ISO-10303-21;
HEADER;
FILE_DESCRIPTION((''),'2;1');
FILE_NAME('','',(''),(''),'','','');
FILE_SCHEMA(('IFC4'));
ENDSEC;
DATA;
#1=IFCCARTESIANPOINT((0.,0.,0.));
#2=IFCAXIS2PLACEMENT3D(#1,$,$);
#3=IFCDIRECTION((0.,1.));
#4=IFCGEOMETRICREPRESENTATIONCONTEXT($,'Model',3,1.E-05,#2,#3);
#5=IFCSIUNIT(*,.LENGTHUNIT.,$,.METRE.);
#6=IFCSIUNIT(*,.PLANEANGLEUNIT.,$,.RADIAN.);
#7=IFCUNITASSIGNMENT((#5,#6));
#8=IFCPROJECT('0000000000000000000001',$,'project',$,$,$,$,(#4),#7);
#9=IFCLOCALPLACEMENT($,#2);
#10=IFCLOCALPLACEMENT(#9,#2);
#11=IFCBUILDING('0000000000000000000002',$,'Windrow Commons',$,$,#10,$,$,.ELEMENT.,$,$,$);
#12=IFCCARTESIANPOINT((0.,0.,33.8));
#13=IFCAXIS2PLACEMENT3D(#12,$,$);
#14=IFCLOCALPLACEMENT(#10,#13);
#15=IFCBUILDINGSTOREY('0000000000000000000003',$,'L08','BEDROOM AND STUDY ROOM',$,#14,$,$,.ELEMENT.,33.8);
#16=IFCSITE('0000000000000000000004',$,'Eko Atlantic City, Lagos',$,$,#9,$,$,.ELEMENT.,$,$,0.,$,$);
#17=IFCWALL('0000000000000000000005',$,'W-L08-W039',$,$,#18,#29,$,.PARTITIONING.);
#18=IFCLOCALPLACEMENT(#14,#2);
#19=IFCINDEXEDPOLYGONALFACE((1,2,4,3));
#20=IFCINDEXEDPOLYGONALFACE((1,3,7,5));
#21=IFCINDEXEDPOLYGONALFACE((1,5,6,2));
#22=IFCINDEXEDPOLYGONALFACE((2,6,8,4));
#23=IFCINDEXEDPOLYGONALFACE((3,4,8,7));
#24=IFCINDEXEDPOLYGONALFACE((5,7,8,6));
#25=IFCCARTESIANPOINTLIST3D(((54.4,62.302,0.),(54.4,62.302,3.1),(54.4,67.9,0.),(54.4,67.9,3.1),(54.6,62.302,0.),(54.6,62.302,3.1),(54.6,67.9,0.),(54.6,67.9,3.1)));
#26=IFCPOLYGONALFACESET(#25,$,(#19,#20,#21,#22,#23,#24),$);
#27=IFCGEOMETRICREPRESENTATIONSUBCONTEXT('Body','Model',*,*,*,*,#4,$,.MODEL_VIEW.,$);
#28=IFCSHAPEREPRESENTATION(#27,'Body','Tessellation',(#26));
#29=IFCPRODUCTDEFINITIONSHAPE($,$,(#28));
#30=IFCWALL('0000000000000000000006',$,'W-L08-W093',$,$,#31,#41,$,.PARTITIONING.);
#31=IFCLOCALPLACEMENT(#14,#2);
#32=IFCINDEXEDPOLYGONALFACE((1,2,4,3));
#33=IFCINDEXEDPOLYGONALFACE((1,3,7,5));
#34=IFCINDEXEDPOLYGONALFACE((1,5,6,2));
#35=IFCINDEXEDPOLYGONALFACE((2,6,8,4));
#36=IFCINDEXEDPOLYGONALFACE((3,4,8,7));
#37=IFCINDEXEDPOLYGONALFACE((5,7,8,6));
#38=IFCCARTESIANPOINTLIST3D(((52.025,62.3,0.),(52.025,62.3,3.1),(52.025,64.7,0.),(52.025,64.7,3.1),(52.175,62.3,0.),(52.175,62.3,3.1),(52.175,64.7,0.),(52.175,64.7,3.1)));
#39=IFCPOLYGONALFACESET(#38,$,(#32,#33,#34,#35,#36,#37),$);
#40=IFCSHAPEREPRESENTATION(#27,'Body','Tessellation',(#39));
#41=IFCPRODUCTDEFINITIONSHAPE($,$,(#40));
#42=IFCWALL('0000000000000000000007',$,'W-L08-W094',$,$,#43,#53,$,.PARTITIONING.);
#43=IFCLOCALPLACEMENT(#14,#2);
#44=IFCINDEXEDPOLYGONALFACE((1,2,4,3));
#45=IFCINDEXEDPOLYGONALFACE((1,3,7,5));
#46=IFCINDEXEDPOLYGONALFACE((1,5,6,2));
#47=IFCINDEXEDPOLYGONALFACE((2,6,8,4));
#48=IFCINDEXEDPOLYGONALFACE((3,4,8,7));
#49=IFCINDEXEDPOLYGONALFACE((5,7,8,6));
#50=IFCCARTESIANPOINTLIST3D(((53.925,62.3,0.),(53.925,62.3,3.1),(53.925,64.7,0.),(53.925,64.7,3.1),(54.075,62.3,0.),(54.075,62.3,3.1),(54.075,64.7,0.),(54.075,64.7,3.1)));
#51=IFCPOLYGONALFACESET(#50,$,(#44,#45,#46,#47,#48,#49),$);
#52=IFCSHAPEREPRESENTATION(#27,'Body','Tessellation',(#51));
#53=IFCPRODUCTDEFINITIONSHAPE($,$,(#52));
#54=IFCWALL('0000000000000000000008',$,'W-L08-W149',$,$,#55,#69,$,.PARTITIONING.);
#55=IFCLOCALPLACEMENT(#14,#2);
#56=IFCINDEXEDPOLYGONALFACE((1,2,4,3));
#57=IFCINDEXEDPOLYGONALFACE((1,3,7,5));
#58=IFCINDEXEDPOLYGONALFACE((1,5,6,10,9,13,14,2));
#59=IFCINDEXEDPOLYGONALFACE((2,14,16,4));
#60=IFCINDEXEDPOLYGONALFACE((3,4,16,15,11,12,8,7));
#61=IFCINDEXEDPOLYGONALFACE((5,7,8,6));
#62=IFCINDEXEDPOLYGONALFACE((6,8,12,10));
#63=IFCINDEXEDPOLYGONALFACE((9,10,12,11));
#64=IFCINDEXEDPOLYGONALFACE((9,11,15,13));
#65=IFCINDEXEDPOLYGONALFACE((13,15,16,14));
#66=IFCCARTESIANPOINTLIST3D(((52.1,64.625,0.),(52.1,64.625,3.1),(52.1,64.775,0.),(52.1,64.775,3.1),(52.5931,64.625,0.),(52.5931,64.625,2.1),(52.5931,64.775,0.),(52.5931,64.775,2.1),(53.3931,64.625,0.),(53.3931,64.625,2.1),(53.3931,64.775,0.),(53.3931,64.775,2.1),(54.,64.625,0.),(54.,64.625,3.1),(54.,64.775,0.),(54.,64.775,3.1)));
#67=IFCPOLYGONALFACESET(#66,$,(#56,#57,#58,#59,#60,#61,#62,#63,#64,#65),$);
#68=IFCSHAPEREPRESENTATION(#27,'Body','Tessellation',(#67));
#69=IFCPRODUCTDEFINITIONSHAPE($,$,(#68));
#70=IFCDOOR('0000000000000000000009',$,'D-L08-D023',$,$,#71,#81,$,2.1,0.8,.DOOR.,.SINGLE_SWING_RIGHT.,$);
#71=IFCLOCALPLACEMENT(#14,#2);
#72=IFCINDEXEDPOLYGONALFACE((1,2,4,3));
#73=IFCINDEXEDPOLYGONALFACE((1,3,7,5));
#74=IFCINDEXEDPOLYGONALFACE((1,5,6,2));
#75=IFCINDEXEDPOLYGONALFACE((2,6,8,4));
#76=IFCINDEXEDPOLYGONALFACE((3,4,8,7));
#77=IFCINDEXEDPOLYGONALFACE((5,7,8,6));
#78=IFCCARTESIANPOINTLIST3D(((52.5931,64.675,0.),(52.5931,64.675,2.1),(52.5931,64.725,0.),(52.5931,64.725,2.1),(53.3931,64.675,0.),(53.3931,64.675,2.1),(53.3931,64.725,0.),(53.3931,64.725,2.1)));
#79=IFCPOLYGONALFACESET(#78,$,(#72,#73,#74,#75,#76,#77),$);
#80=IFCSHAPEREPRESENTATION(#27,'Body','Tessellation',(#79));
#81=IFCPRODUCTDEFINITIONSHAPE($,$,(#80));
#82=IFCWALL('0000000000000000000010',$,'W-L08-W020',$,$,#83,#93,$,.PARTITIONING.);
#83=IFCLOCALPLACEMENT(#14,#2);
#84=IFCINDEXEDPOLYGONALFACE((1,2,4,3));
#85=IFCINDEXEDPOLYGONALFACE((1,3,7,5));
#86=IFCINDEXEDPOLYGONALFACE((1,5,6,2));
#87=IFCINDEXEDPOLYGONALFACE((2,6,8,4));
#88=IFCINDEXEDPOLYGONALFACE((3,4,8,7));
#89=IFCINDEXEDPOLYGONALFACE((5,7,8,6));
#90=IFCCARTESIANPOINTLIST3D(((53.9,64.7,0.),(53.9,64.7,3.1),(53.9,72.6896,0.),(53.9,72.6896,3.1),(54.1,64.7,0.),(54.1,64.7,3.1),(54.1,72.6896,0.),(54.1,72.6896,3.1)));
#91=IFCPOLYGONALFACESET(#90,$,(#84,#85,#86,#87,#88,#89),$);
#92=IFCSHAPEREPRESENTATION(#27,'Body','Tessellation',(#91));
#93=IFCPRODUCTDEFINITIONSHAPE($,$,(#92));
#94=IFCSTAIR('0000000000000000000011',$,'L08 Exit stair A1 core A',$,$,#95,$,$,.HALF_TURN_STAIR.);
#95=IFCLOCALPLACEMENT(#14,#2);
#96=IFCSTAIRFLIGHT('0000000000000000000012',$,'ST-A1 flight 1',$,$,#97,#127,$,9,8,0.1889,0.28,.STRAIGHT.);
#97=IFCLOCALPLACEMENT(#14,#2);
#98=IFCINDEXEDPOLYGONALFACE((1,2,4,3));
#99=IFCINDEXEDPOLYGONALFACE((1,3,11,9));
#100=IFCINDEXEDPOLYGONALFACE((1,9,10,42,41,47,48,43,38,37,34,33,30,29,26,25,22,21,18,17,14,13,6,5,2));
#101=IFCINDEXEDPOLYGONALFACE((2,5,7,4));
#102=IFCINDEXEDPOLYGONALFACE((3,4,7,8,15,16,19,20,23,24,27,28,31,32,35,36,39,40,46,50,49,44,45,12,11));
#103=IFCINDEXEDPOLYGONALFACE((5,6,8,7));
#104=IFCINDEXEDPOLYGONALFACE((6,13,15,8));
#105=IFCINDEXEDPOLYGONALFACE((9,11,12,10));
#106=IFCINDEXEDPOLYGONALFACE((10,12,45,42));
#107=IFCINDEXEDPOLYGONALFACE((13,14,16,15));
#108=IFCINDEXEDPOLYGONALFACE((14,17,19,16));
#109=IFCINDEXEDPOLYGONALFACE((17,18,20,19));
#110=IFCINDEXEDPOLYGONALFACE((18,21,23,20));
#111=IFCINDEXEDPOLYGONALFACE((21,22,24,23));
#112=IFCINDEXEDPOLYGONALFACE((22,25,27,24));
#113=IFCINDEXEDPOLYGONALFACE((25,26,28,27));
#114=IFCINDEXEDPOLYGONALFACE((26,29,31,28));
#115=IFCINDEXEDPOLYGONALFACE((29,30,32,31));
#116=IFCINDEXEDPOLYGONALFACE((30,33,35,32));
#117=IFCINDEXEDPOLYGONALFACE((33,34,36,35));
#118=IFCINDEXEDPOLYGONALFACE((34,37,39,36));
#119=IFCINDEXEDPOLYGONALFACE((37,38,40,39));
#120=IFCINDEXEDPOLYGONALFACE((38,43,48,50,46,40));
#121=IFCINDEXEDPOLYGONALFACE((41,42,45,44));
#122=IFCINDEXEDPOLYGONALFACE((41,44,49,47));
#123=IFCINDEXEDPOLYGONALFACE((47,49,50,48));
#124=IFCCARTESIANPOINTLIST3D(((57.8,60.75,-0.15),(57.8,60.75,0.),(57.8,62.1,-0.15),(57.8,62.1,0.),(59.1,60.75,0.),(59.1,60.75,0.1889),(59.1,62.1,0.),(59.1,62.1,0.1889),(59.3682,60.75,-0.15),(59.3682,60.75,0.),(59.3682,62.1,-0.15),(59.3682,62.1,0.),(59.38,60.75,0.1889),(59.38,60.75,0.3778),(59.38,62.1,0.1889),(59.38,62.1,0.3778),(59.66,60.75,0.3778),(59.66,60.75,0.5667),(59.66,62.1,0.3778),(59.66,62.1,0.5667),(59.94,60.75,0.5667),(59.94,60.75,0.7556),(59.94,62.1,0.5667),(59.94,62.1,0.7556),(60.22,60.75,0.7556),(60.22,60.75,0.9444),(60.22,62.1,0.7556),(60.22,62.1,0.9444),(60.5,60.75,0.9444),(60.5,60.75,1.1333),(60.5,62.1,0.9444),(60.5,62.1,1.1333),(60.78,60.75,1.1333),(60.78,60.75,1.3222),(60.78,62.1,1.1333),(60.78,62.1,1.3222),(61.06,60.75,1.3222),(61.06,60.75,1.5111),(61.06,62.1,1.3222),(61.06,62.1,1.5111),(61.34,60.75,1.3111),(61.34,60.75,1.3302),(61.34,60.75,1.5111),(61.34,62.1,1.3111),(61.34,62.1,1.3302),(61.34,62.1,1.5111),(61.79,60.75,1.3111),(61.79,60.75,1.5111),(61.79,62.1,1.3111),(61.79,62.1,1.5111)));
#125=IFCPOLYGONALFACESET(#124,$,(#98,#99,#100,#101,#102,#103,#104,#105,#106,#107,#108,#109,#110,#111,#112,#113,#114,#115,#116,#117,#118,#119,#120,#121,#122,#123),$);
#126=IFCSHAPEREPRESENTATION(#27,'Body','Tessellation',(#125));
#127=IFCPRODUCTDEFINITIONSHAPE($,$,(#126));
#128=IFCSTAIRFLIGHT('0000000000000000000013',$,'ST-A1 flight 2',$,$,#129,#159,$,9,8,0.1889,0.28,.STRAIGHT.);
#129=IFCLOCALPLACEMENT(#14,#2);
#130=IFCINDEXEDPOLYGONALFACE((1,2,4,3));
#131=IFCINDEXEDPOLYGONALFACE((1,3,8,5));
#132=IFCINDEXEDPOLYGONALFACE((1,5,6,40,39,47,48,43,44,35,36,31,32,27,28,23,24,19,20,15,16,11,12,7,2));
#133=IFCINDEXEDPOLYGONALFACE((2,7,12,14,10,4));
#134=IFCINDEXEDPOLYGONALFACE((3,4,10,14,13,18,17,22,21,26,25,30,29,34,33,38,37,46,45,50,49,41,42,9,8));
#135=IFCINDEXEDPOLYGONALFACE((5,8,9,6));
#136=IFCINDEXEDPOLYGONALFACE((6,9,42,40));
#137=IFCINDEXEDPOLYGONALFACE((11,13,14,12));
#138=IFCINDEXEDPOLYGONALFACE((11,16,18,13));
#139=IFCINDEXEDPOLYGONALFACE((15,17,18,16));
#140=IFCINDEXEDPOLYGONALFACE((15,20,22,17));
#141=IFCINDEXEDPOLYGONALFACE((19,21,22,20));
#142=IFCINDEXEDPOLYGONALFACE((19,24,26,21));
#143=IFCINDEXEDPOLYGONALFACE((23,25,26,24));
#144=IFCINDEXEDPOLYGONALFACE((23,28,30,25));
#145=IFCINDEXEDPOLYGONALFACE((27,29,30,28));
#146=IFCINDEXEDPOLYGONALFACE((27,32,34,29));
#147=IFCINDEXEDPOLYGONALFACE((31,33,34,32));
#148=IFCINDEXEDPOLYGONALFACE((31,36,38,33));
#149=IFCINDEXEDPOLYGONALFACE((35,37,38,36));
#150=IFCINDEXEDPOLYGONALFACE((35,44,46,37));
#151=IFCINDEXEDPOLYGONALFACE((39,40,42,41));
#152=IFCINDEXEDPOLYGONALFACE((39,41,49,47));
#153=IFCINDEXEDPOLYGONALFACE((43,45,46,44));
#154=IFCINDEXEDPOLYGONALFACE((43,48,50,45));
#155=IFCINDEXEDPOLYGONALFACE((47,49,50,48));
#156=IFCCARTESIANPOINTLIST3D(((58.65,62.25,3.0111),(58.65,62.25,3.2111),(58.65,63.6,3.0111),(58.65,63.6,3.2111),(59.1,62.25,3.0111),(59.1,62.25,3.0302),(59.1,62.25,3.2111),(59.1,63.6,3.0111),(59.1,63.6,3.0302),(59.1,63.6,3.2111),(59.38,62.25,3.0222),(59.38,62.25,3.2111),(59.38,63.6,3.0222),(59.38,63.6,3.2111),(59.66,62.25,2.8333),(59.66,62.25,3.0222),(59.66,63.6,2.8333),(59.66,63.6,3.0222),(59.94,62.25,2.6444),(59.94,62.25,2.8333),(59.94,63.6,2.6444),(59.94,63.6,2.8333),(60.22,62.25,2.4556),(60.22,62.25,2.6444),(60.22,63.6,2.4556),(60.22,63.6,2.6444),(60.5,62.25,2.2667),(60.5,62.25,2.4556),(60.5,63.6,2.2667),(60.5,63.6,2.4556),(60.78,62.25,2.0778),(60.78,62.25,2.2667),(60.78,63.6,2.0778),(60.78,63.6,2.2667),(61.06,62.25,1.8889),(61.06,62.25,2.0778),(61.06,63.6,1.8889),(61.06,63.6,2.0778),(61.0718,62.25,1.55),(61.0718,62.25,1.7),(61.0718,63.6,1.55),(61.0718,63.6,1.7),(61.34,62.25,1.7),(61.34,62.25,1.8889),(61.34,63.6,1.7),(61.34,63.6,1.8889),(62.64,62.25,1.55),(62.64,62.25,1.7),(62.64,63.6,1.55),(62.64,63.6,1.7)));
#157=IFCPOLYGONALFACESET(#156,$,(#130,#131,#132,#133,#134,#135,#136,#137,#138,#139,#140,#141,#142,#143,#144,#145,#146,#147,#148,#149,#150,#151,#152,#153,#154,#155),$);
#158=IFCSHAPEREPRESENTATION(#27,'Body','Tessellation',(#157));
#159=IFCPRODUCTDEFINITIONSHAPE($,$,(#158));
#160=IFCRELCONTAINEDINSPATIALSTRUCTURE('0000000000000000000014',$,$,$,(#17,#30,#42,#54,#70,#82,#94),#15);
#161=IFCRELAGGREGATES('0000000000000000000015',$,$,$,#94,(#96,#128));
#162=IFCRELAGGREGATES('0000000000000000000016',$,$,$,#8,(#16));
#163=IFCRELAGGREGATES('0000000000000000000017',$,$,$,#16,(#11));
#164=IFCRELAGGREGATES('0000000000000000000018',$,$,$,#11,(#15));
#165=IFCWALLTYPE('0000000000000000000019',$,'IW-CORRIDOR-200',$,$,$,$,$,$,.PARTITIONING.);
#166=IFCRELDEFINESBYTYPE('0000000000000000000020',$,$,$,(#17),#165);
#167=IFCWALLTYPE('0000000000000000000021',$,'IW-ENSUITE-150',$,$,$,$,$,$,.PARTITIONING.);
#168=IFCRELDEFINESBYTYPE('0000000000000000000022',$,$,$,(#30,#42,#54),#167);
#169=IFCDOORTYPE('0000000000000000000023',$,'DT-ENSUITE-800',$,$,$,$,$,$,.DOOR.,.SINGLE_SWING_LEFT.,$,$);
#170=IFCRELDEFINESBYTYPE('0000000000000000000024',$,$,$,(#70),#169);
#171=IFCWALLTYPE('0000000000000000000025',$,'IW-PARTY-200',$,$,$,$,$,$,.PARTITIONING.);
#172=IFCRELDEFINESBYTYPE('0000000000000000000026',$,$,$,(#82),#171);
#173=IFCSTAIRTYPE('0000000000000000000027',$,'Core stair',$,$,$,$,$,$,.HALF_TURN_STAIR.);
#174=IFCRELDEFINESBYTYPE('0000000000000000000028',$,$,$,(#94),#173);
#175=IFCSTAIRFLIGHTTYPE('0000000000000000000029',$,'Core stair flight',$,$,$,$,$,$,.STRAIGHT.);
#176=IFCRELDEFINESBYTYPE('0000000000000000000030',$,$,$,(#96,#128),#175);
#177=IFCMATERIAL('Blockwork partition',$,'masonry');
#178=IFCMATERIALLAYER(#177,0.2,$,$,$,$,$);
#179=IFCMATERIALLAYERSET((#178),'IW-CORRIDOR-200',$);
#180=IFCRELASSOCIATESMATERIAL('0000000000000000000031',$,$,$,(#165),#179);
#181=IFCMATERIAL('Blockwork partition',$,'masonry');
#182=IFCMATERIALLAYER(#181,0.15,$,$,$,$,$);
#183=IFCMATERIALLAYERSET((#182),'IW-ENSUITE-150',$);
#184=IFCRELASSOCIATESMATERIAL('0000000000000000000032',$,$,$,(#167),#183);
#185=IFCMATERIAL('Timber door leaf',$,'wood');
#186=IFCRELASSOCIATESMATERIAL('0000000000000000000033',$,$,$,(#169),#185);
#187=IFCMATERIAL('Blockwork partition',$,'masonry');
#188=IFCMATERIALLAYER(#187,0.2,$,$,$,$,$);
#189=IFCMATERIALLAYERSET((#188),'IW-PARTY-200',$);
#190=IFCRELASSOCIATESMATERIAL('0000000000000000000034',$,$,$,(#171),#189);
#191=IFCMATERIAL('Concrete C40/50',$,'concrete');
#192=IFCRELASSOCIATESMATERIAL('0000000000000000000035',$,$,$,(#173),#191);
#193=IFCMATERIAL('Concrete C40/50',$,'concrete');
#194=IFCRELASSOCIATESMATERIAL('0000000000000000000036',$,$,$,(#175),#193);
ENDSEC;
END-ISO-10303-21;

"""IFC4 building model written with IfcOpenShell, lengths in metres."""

from ifc_helpers import new_model, si_unit, direction, frame, frame_2d, origin, place, context, subcontext, project, spatial, polyline, rectangle, outline, extrude, material, layer, layer_set, type_object, element, fill, aggregate, save


model = new_model("IFC4")

# Units and contexts
model_context = context("Model", 3, precision=1e-05, world=origin(), true_north=direction((0.0, 1.0)))
body_context = subcontext(model_context, "Body", "Model", "MODEL_VIEW")
ifc_project = project(units=[si_unit("LENGTHUNIT", "METRE"), si_unit("PLANEANGLEUNIT", "RADIAN")], contexts=[model_context])

# Site, building, storey
site_placement = place(None, origin())
site = spatial("IfcSite", under=ifc_project, at=site_placement, Name="Eko Atlantic City, Lagos", CompositionType="ELEMENT", RefElevation=0.0)
building_placement = place(site_placement, origin())
building = spatial("IfcBuilding", under=site, at=building_placement, Name="Windrow Commons", CompositionType="ELEMENT")
storey_placement = place(building_placement, frame((0.0, 0.0, 33.8)))
storey = spatial("IfcBuildingStorey", under=building, at=storey_placement, Name="L08", Description="BEDROOM AND STUDY ROOM", CompositionType="ELEMENT", Elevation=33.8)

# Walls
ifc_material_1 = material(Name="Blockwork partition", Category="masonry")
ifc_layer_1 = layer(ifc_material_1, 0.2)
ifc_layer_set_1 = layer_set([ifc_layer_1], Name="IW-CORRIDOR-200")
wall_type_1 = type_object("IfcWallType", Name="IW-CORRIDOR-200", PredefinedType="PARTITIONING", material=ifc_layer_set_1)
wall_1_placement = place(storey_placement, frame((54.5, 62.302, 0.0), z_axis=(0.0, 0.0, 1.0), x_axis=(0.0, 1.0, 0.0)))
element("IfcWall", 1, at=wall_1_placement, inside=storey, type_object=wall_type_1, Name="W-L08-W039", PredefinedType="PARTITIONING", context=body_context, shape_type="SweptSolid", body=[
    extrude(rectangle(XDim=5.598, YDim=0.2, at=frame_2d((2.799, 0.0))), origin(), (0.0, 0.0, 1.0), 3.1),
])
ifc_material_2 = material(Name="Blockwork partition", Category="masonry")
ifc_layer_2 = layer(ifc_material_2, 0.15)
ifc_layer_set_2 = layer_set([ifc_layer_2], Name="IW-ENSUITE-150")
wall_type_2 = type_object("IfcWallType", Name="IW-ENSUITE-150", PredefinedType="PARTITIONING", material=ifc_layer_set_2)
for number, where, z_axis, x_axis, name in (
    (2, (52.1, 62.3, 0.0), (0.0, 0.0, 1.0), (0.0, 1.0, 0.0), "W-L08-W093"),
    (3, (54.0, 62.3, 0.0), (0.0, 0.0, 1.0), (0.0, 1.0, 0.0), "W-L08-W094"),
):
    element("IfcWall", number, at=place(storey_placement, frame(where, z_axis=z_axis, x_axis=x_axis)), inside=storey, type_object=wall_type_2, Name=name, PredefinedType="PARTITIONING", context=body_context, shape_type="SweptSolid", body=[
        extrude(rectangle(XDim=2.4, YDim=0.15, at=frame_2d((1.2, 0.0))), origin(), (0.0, 0.0, 1.0), 3.1),
    ])

# Wall, opening, door
wall_2_placement = place(storey_placement, frame((52.1, 64.7, 0.0), z_axis=(0.0, 0.0, 1.0), x_axis=(1.0, 0.0, 0.0)))
wall_2 = element("IfcWall", 4, at=wall_2_placement, inside=storey, type_object=wall_type_2, Name="W-L08-W149", PredefinedType="PARTITIONING", context=body_context, shape_type="SweptSolid", body=[
    extrude(rectangle(XDim=1.9, YDim=0.15, at=frame_2d((0.95, 0.0))), origin(), (0.0, 0.0, 1.0), 3.1),
])
opening_placement = place(wall_2_placement, frame((0.4931, 0.0, 0.0)))
opening = element("IfcOpeningElement", 5, at=opening_placement, cuts=wall_2, PredefinedType="OPENING", context=body_context, shape_type="SweptSolid", body=[
    extrude(rectangle(XDim=0.8, YDim=2.1, at=frame_2d((0.4, 1.05))), frame((0.0, 0.085, 0.0), z_axis=(0.0, -1.0, 0.0), x_axis=(1.0, 0.0, 0.0)), (0.0, 0.0, 1.0), 0.17),
])
ifc_material_3 = material(Name="Timber door leaf", Category="wood")
door_type = type_object("IfcDoorType", Name="DT-ENSUITE-800", OperationType="SINGLE_SWING_LEFT", PredefinedType="DOOR", material=ifc_material_3)
door_placement = place(opening_placement, origin())
door = element("IfcDoor", 6, at=door_placement, inside=storey, type_object=door_type, Name="D-L08-D023", OperationType="SINGLE_SWING_RIGHT", OverallHeight=2.1, OverallWidth=0.8, PredefinedType="DOOR", context=body_context, shape_type="SweptSolid", body=[
    extrude(rectangle(XDim=0.8, YDim=2.1, at=frame_2d((0.4, 1.05))), frame((0.0, 0.025, 0.0), z_axis=(0.0, -1.0, 0.0), x_axis=(1.0, 0.0, 0.0)), (0.0, 0.0, 1.0), 0.05),
])
fill(opening, door)

# Wall
ifc_material_4 = material(Name="Blockwork partition", Category="masonry")
ifc_layer_3 = layer(ifc_material_4, 0.2)
ifc_layer_set_3 = layer_set([ifc_layer_3], Name="IW-PARTY-200")
wall_type_3 = type_object("IfcWallType", Name="IW-PARTY-200", PredefinedType="PARTITIONING", material=ifc_layer_set_3)
wall_3_placement = place(storey_placement, frame((54.0, 64.7, 0.0), z_axis=(0.0, 0.0, 1.0), x_axis=(0.0, 1.0, 0.0)))
element("IfcWall", 7, at=wall_3_placement, inside=storey, type_object=wall_type_3, Name="W-L08-W020", PredefinedType="PARTITIONING", context=body_context, shape_type="SweptSolid", body=[
    extrude(rectangle(XDim=7.9896, YDim=0.2, at=frame_2d((3.9948, 0.0))), origin(), (0.0, 0.0, 1.0), 3.1),
])

# Stair, stair flights
ifc_material_5 = material(Name="Concrete C40/50", Category="concrete")
stair_type = type_object("IfcStairType", Name="Core stair", PredefinedType="HALF_TURN_STAIR", material=ifc_material_5)
stair_placement = place(storey_placement, origin())
stair = element("IfcStair", 8, at=stair_placement, inside=storey, type_object=stair_type, Name="L08 Exit stair A1 core A", PredefinedType="HALF_TURN_STAIR")
ifc_material_6 = material(Name="Concrete C40/50", Category="concrete")
stair_flight_type = type_object("IfcStairFlightType", Name="Core stair flight", PredefinedType="STRAIGHT", material=ifc_material_6)
stair_flight_1_placement = place(storey_placement, frame((59.1, 61.425, 0.0), z_axis=(0.0, 0.0, 1.0), x_axis=(1.0, 0.0, 0.0)))
stair_flight_1 = element("IfcStairFlight", 9, at=stair_flight_1_placement, type_object=stair_flight_type, Name="ST-A1 flight 1", NumberOfRisers=9, NumberOfTreads=8, PredefinedType="STRAIGHT", RiserHeight=0.1889, TreadLength=0.28, context=body_context, shape_type="SweptSolid", body=[
    extrude(outline(polyline([(-1.3, -0.15), (-1.3, 0.0), (0.0, 0.0), (0.0, 0.1889), (0.28, 0.1889), (0.28, 0.3778), (0.56, 0.3778), (0.56, 0.5667), (0.84, 0.5667), (0.84, 0.7556), (1.12, 0.7556), (1.12, 0.9444), (1.4, 0.9444), (1.4, 1.1333), (1.68, 1.1333), (1.68, 1.3222), (1.96, 1.3222), (1.96, 1.5111), (2.24, 1.5111), (2.69, 1.5111), (2.69, 1.3111), (2.24, 1.3111), (2.24, 1.3302), (0.2682, 0.0), (0.2682, -0.15), (-1.3, -0.15)])), frame((0.0, 0.675, 0.0), z_axis=(0.0, -1.0, 0.0), x_axis=(1.0, 0.0, 0.0)), (0.0, 0.0, 1.0), 1.35),
])
stair_flight_2_placement = place(storey_placement, frame((61.34, 62.925, 1.7), z_axis=(0.0, 0.0, 1.0), x_axis=(-1.0, 0.0, 0.0)))
stair_flight_2 = element("IfcStairFlight", 10, at=stair_flight_2_placement, type_object=stair_flight_type, Name="ST-A1 flight 2", NumberOfRisers=9, NumberOfTreads=8, PredefinedType="STRAIGHT", RiserHeight=0.1889, TreadLength=0.28, context=body_context, shape_type="SweptSolid", body=[
    extrude(outline(polyline([(-1.3, -0.15), (-1.3, 0.0), (0.0, 0.0), (0.0, 0.1889), (0.28, 0.1889), (0.28, 0.3778), (0.56, 0.3778), (0.56, 0.5667), (0.84, 0.5667), (0.84, 0.7556), (1.12, 0.7556), (1.12, 0.9444), (1.4, 0.9444), (1.4, 1.1333), (1.68, 1.1333), (1.68, 1.3222), (1.96, 1.3222), (1.96, 1.5111), (2.24, 1.5111), (2.69, 1.5111), (2.69, 1.3111), (2.24, 1.3111), (2.24, 1.3302), (0.2682, 0.0), (0.2682, -0.15), (-1.3, -0.15)])), frame((0.0, 0.675, 0.0), z_axis=(0.0, -1.0, 0.0), x_axis=(1.0, 0.0, 0.0)), (0.0, 0.0, 1.0), 1.35),
])
aggregate(stair, [stair_flight_1, stair_flight_2])

save(model, "model.ifc")
